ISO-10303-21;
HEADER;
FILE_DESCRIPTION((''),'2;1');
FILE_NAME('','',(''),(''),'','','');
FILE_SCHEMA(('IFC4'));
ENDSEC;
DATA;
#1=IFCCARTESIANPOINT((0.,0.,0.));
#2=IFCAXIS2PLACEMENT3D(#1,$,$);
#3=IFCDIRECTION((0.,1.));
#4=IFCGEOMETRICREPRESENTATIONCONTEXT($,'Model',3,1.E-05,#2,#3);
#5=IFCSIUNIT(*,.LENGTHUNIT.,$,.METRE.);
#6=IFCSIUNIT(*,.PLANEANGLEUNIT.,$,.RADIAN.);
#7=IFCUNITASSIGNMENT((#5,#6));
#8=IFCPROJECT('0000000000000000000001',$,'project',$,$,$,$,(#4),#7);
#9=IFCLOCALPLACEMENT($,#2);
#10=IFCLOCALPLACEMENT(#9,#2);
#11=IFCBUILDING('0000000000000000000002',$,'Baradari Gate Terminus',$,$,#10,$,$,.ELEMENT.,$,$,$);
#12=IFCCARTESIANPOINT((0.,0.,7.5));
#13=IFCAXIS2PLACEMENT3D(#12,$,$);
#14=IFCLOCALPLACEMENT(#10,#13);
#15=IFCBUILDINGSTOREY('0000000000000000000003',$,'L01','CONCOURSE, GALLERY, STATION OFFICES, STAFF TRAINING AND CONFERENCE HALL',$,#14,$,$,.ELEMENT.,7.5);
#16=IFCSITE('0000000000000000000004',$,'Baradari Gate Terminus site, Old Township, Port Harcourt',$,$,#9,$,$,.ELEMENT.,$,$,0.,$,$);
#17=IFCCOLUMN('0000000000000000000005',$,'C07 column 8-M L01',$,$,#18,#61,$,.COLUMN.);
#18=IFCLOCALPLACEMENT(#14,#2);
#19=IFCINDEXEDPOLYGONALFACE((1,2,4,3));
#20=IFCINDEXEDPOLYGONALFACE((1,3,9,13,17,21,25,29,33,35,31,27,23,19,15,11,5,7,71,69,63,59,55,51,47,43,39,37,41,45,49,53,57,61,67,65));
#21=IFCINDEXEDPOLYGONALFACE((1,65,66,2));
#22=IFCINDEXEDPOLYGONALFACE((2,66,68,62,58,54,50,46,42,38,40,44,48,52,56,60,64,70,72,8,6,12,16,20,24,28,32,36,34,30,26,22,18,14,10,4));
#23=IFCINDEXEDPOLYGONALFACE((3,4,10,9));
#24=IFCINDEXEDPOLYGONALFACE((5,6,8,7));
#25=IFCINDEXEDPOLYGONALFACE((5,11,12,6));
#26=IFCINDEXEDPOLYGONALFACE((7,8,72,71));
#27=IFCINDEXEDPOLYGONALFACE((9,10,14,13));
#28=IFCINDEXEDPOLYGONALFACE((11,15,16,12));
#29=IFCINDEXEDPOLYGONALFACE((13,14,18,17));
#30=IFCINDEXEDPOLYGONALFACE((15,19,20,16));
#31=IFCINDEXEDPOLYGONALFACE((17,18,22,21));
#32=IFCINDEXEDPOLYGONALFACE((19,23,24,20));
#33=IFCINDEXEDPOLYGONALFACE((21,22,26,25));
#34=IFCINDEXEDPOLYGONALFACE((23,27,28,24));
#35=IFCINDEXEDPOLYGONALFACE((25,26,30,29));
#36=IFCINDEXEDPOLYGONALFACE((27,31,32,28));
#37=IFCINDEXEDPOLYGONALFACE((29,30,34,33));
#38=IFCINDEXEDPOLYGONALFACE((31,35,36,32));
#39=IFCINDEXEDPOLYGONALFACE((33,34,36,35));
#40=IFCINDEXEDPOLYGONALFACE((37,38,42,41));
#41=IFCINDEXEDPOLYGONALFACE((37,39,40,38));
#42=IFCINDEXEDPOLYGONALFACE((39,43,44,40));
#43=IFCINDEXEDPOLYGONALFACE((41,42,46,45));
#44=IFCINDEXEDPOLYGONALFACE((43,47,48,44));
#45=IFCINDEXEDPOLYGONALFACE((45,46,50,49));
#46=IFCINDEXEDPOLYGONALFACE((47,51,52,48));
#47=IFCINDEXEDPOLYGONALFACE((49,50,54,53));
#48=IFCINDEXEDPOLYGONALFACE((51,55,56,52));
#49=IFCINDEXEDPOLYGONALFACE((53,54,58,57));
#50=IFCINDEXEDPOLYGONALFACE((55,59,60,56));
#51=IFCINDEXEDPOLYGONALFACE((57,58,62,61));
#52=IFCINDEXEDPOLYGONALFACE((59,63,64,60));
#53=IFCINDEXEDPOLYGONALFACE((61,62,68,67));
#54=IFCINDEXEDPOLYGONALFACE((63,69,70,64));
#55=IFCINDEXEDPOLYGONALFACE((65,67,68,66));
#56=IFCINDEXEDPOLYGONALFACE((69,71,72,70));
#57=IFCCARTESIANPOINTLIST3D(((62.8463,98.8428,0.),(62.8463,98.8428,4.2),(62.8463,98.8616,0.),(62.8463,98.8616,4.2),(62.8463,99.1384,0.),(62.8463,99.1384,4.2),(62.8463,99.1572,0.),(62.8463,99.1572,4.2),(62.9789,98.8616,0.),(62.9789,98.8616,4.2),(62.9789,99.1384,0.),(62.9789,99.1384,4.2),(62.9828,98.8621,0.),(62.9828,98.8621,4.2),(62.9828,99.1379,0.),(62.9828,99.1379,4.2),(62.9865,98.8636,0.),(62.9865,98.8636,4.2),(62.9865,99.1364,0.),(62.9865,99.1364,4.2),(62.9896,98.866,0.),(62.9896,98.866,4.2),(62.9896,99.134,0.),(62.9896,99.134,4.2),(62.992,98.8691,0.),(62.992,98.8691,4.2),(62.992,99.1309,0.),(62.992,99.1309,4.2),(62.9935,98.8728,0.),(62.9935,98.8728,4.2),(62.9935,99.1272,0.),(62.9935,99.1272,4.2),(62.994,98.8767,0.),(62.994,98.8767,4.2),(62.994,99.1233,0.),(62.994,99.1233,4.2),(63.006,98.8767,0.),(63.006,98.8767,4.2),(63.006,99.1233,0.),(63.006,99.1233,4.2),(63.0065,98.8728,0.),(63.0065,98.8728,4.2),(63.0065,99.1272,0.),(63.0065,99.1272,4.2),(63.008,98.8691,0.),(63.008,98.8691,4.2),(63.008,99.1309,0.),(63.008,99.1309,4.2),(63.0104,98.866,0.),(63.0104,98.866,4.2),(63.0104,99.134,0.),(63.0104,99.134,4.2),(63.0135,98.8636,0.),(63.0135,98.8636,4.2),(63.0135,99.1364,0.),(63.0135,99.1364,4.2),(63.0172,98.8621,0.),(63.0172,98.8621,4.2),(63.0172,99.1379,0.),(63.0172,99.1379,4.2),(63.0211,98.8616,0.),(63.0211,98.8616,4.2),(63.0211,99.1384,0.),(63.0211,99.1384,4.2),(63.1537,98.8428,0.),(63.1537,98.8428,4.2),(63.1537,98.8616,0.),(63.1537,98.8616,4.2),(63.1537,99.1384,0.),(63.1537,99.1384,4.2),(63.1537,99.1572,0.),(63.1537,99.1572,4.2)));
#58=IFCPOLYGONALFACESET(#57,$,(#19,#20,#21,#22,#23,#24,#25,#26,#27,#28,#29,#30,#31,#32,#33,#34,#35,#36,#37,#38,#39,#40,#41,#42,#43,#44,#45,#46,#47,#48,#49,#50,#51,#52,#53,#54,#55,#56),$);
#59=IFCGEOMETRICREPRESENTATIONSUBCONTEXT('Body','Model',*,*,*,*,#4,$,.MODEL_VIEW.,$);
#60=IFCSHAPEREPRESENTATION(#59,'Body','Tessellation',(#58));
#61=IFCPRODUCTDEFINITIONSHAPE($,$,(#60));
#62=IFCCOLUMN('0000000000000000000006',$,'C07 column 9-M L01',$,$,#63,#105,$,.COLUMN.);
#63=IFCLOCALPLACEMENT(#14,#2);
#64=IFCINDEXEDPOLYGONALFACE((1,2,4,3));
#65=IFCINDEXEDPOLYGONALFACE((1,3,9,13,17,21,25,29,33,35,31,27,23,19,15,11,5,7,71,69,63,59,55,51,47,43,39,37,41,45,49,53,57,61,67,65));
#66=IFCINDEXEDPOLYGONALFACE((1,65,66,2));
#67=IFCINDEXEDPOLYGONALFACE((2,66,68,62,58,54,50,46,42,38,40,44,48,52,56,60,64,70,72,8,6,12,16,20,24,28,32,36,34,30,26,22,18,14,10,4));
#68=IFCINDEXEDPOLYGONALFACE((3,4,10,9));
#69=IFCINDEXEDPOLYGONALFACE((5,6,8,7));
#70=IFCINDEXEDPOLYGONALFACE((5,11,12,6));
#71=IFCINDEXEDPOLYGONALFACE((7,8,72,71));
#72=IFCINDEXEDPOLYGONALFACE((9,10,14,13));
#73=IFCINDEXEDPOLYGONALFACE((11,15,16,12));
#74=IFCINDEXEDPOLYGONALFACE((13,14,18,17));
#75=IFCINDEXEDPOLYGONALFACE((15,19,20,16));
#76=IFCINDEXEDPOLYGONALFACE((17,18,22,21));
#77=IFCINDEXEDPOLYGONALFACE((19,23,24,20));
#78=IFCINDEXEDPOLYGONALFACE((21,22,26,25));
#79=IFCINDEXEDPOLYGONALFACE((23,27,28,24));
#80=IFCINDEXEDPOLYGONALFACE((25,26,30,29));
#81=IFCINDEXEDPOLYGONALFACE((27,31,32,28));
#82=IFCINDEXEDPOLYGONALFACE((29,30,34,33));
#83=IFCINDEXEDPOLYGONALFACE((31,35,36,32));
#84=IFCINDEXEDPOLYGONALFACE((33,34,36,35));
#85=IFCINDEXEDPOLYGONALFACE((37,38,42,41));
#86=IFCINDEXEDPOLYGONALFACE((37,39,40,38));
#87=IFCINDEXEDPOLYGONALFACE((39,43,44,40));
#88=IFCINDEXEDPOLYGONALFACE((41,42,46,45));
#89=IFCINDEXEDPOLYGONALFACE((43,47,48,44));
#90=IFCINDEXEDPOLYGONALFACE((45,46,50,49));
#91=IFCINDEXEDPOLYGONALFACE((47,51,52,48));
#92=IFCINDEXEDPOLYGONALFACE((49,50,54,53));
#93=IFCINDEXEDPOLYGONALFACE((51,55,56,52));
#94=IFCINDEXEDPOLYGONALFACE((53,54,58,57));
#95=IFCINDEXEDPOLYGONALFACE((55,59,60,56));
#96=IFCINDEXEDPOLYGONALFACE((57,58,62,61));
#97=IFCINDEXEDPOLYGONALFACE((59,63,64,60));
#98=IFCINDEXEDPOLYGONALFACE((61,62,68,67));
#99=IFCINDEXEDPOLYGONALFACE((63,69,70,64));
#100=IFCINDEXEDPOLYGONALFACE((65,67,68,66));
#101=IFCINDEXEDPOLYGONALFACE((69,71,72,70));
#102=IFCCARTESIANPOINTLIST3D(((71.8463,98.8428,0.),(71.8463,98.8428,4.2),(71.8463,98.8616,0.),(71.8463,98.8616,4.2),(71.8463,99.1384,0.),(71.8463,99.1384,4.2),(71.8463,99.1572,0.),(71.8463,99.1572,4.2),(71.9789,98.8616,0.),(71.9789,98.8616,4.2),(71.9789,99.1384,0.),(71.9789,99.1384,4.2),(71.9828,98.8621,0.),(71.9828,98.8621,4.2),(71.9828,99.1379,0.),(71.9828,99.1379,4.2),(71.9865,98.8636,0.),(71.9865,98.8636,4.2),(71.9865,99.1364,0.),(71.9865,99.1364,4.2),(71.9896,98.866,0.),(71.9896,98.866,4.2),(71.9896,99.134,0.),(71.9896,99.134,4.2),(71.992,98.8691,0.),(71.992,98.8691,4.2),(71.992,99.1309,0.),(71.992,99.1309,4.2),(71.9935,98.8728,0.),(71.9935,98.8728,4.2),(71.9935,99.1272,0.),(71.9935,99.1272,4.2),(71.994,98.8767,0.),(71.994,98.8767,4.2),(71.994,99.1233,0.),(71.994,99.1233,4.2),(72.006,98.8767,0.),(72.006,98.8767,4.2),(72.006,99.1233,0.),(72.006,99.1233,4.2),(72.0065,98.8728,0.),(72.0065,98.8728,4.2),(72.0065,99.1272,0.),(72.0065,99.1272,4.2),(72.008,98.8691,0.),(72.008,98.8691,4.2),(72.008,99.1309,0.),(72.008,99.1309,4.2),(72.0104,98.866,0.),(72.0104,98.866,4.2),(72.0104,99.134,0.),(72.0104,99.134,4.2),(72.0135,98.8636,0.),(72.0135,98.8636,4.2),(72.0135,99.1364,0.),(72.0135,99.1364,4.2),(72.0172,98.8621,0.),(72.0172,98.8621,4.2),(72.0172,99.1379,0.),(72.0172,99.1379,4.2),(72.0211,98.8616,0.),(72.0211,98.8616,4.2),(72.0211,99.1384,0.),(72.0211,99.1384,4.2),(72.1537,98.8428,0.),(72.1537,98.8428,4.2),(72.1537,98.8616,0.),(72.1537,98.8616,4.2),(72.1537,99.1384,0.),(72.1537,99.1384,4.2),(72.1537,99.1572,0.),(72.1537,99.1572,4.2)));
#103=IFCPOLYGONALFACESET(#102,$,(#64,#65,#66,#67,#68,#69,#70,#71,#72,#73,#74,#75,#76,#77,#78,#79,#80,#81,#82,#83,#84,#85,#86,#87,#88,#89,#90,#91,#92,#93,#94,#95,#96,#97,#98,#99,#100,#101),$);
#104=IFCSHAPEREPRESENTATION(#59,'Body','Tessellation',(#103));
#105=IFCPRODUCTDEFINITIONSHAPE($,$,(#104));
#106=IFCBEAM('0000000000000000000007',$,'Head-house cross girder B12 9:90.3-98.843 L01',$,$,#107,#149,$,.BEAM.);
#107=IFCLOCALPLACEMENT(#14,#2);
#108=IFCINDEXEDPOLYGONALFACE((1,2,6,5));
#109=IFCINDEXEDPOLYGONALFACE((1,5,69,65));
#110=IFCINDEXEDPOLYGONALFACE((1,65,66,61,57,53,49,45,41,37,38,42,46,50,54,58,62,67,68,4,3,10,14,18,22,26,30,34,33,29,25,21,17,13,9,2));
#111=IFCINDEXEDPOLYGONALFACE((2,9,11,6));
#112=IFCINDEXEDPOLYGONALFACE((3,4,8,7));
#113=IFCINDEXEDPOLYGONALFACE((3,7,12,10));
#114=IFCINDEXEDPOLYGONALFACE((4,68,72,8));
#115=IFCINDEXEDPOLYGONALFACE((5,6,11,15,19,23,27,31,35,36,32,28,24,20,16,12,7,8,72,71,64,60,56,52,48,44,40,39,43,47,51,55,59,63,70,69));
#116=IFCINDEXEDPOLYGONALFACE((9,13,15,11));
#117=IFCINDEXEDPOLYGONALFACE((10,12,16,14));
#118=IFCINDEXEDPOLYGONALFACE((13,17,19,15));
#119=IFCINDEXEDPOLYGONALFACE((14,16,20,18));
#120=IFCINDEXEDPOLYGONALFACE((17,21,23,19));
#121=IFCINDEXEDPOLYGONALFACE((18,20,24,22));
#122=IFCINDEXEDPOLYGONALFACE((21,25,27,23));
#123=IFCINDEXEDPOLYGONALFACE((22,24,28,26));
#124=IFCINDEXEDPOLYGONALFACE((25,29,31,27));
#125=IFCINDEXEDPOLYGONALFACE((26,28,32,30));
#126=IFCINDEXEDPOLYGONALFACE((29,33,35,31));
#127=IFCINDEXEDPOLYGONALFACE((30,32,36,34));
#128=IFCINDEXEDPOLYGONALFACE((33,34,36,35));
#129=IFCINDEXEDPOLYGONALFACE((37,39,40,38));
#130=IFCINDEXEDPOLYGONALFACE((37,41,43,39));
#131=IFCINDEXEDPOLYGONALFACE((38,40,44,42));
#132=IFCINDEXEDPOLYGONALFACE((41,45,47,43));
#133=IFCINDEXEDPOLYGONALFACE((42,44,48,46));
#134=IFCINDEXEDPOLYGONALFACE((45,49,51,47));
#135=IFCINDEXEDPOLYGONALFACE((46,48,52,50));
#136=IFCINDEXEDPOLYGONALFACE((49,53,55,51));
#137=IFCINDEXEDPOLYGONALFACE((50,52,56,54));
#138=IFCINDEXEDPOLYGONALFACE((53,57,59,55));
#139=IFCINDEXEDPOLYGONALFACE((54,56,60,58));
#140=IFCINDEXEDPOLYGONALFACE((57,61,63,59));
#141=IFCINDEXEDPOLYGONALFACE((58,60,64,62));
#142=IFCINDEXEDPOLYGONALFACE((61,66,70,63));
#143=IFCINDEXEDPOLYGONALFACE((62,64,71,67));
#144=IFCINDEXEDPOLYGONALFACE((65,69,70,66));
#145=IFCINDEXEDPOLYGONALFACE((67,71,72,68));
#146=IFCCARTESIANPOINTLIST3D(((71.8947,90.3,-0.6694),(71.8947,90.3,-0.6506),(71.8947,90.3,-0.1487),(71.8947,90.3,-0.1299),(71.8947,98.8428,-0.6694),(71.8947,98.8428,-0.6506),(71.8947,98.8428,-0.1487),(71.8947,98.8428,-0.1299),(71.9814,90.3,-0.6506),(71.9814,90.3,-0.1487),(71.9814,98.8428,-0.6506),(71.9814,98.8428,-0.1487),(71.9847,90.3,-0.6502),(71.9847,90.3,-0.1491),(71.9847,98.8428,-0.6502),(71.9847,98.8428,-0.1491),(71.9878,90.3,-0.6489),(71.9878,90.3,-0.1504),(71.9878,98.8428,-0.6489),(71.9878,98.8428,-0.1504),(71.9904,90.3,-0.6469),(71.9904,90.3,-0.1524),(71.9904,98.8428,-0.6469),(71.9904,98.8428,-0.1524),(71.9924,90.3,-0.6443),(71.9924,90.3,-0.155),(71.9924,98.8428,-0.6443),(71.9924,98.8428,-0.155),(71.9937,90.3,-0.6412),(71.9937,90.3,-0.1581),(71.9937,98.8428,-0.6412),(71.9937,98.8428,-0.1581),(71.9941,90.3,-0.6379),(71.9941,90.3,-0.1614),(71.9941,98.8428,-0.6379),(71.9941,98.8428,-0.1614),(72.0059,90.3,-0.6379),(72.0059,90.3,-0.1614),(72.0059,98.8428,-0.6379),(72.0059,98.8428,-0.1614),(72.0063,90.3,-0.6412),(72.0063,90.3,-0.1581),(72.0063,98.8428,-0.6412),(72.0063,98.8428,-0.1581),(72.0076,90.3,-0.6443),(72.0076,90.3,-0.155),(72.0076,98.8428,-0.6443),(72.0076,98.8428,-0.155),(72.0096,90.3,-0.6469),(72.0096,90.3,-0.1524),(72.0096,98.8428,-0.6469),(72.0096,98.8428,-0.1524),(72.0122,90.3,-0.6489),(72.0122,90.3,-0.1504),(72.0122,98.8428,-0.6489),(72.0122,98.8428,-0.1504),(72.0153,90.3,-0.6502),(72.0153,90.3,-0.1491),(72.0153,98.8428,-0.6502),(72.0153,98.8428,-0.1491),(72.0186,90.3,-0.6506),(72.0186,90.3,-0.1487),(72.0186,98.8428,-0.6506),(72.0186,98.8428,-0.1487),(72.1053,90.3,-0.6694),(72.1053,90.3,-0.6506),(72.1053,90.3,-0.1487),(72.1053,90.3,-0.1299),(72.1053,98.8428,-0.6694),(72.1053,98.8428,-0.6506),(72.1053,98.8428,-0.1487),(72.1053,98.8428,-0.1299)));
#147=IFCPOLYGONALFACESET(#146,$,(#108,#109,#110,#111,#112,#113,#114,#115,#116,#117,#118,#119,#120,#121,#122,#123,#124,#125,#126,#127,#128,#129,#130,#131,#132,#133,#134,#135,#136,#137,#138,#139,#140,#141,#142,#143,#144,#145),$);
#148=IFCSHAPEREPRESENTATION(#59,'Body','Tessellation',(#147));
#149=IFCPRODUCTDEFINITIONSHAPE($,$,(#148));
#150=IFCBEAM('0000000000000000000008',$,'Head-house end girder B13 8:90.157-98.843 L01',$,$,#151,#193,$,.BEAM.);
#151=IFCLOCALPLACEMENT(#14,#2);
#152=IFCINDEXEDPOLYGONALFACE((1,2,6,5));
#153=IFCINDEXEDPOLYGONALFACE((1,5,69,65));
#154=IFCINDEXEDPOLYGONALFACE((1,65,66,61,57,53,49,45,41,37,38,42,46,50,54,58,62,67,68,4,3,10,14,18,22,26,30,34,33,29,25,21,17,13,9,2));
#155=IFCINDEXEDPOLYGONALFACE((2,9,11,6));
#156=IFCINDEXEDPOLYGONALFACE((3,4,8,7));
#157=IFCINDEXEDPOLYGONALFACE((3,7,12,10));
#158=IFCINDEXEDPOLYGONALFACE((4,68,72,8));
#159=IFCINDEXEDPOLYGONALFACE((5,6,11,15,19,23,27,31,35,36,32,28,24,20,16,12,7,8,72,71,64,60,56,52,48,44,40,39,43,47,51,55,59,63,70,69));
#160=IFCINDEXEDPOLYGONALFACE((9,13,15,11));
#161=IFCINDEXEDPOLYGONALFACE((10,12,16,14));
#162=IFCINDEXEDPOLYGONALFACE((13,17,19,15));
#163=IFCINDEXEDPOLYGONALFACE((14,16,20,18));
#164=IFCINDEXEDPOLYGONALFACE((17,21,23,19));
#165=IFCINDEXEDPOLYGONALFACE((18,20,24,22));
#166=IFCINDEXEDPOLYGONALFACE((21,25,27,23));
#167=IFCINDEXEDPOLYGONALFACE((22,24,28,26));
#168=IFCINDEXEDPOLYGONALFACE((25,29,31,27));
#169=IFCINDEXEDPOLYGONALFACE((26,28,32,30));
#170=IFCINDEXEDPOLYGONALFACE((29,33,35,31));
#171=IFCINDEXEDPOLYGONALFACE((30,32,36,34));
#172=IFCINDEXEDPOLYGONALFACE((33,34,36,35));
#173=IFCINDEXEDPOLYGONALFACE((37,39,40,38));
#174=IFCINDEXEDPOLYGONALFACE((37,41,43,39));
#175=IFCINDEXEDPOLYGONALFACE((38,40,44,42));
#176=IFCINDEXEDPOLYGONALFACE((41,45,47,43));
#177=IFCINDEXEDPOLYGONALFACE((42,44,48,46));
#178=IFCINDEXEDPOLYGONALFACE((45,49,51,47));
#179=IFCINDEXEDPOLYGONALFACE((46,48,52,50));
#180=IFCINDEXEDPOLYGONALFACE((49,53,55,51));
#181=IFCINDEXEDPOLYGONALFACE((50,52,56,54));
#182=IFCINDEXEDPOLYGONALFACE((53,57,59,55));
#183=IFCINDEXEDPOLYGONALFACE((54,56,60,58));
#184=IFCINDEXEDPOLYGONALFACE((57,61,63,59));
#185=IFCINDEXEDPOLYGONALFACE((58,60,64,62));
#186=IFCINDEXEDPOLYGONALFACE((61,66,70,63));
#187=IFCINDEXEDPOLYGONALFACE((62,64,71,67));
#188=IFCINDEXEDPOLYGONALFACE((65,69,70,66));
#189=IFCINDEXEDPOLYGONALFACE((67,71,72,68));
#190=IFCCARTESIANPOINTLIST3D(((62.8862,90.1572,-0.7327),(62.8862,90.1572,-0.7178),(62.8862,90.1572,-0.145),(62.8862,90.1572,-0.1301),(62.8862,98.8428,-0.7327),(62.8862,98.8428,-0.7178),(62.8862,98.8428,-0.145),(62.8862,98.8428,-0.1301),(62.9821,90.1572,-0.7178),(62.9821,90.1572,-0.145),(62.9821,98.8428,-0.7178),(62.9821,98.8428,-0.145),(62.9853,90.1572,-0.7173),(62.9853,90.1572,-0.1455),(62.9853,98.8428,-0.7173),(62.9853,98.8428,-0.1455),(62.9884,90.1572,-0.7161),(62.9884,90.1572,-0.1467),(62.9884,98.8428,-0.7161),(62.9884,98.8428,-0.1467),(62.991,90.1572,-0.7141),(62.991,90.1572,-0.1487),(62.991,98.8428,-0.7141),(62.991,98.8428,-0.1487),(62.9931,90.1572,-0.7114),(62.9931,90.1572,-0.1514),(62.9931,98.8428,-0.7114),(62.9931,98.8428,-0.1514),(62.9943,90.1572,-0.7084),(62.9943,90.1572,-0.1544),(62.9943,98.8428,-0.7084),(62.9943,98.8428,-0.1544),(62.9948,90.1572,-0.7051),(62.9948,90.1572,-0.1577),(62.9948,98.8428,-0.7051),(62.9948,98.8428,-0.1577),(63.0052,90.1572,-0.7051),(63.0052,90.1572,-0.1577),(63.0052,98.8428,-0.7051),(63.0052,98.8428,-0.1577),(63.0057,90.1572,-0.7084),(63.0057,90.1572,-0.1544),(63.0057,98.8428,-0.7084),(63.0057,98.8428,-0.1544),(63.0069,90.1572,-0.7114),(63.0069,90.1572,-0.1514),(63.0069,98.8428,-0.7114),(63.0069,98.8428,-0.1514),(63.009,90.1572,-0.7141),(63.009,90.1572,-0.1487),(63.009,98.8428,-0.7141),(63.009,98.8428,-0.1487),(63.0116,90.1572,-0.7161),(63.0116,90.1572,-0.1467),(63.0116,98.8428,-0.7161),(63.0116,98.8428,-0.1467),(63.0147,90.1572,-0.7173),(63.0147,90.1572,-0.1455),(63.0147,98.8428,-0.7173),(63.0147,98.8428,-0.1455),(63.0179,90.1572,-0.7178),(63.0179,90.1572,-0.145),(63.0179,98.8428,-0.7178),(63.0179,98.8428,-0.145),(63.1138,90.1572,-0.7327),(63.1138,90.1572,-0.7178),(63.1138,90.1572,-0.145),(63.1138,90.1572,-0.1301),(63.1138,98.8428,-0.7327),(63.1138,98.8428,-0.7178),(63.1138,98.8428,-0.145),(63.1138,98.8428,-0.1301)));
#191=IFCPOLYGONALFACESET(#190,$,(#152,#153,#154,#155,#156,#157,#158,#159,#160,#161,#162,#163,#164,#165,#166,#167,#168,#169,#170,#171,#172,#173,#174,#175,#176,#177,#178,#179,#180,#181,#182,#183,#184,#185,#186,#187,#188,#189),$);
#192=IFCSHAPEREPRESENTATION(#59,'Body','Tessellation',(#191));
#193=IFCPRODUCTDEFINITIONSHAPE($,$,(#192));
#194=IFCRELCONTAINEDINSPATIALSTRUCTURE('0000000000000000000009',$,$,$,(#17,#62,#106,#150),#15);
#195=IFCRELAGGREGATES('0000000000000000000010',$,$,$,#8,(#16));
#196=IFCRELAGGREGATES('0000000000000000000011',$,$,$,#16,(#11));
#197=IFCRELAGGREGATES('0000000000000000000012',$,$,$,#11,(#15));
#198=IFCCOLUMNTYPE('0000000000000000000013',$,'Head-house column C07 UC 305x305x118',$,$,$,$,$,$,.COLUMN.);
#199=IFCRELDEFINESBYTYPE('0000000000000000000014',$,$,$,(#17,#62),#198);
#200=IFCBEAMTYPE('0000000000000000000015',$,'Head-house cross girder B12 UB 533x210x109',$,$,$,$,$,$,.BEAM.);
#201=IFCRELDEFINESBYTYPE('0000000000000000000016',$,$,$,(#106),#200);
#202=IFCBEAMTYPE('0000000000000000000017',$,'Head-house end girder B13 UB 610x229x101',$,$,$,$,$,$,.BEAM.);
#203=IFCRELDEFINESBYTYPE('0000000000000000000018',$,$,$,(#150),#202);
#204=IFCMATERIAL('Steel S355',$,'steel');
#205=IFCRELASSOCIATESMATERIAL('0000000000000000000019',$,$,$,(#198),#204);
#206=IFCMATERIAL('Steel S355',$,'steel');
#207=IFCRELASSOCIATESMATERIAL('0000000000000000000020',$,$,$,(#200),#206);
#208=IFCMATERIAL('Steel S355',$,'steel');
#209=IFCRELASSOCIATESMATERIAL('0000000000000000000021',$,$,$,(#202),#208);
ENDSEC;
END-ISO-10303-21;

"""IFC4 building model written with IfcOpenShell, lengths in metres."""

from ifc_helpers import new_model, si_unit, direction, frame, origin, origin_2d, place, context, subcontext, project, spatial, i_section, extrude, material, material_profile, profile_set, type_object, element, save


model = new_model("IFC4")

# Units and contexts
model_context = context("Model", 3, precision=1e-05, world=origin(), true_north=direction((0.0, 1.0)))
body_context = subcontext(model_context, "Body", "Model", "MODEL_VIEW")
ifc_project = project(units=[si_unit("LENGTHUNIT", "METRE"), si_unit("PLANEANGLEUNIT", "RADIAN")], contexts=[model_context])

# Site, building, storey
site_placement = place(None, origin())
site = spatial("IfcSite", under=ifc_project, at=site_placement, Name="Baradari Gate Terminus site, Old Township, Port Harcourt", CompositionType="ELEMENT", RefElevation=0.0)
building_placement = place(site_placement, origin())
building = spatial("IfcBuilding", under=site, at=building_placement, Name="Baradari Gate Terminus", CompositionType="ELEMENT")
storey_placement = place(building_placement, frame((0.0, 0.0, 7.5)))
storey = spatial("IfcBuildingStorey", under=building, at=storey_placement, Name="L01", Description="CONCOURSE, GALLERY, STATION OFFICES, STAFF TRAINING AND CONFERENCE HALL", CompositionType="ELEMENT", Elevation=7.5)

# Columns
ifc_material_1 = material(Name="Steel S355", Category="steel")
ifc_material_profile_1 = material_profile(ifc_material_1, i_section(OverallWidth=0.3074, OverallDepth=0.3145, WebThickness=0.012, FlangeThickness=0.0188, FilletRadius=0.0151, at=origin_2d()), Name="UC 305x305x118")
ifc_profile_set_1 = profile_set([ifc_material_profile_1], Name="Steel S355")
column_type = type_object("IfcColumnType", Name="Head-house column C07 UC 305x305x118", PredefinedType="COLUMN", material=ifc_profile_set_1)
for number, where, z_axis, x_axis, name in (
    (1, (63.0, 99.0, 0.0), (0.0, 0.0, 1.0), (1.0, 0.0, 0.0), "C07 column 8-M L01"),
    (2, (72.0, 99.0, 0.0), (0.0, 0.0, 1.0), (1.0, 0.0, 0.0), "C07 column 9-M L01"),
):
    element("IfcColumn", number, at=place(storey_placement, frame(where, z_axis=z_axis, x_axis=x_axis)), inside=storey, type_object=column_type, Name=name, PredefinedType="COLUMN", context=body_context, shape_type="SweptSolid", body=[
        extrude(i_section(OverallWidth=0.3074, OverallDepth=0.3145, WebThickness=0.012, FlangeThickness=0.0188, FilletRadius=0.0151, at=origin_2d()), origin(), (0.0, 0.0, 1.0), 4.2),
    ])

# Beams
ifc_material_2 = material(Name="Steel S355", Category="steel")
ifc_material_profile_2 = material_profile(ifc_material_2, i_section(OverallWidth=0.2107, OverallDepth=0.5396, WebThickness=0.0117, FlangeThickness=0.0188, FilletRadius=0.0127, at=origin_2d()), Name="UB 533x210x109")
ifc_profile_set_2 = profile_set([ifc_material_profile_2], Name="Steel S355")
beam_type_1 = type_object("IfcBeamType", Name="Head-house cross girder B12 UB 533x210x109", PredefinedType="BEAM", material=ifc_profile_set_2)
beam_1_placement = place(storey_placement, frame((72.0, 90.3, -0.3997), z_axis=(0.0, 1.0, 0.0), x_axis=(-1.0, 0.0, 0.0)))
element("IfcBeam", 3, at=beam_1_placement, inside=storey, type_object=beam_type_1, Name="Head-house cross girder B12 9:90.3-98.843 L01", PredefinedType="BEAM", context=body_context, shape_type="SweptSolid", body=[
    extrude(i_section(OverallWidth=0.2107, OverallDepth=0.5396, WebThickness=0.0117, FlangeThickness=0.0188, FilletRadius=0.0127, at=origin_2d()), origin(), (0.0, 0.0, 1.0), 8.5427),
])
ifc_material_3 = material(Name="Steel S355", Category="steel")
ifc_material_profile_3 = material_profile(ifc_material_3, i_section(OverallWidth=0.2275, OverallDepth=0.6025, WebThickness=0.0105, FlangeThickness=0.0149, FilletRadius=0.0127, at=origin_2d()), Name="UB 610x229x101")
ifc_profile_set_3 = profile_set([ifc_material_profile_3], Name="Steel S355")
beam_type_2 = type_object("IfcBeamType", Name="Head-house end girder B13 UB 610x229x101", PredefinedType="BEAM", material=ifc_profile_set_3)
beam_2_placement = place(storey_placement, frame((63.0, 90.1572, -0.4314), z_axis=(0.0, 1.0, 0.0), x_axis=(-1.0, 0.0, 0.0)))
element("IfcBeam", 4, at=beam_2_placement, inside=storey, type_object=beam_type_2, Name="Head-house end girder B13 8:90.157-98.843 L01", PredefinedType="BEAM", context=body_context, shape_type="SweptSolid", body=[
    extrude(i_section(OverallWidth=0.2275, OverallDepth=0.6025, WebThickness=0.0105, FlangeThickness=0.0149, FilletRadius=0.0127, at=origin_2d()), origin(), (0.0, 0.0, 1.0), 8.6855),
])

save(model, "model.ifc")
